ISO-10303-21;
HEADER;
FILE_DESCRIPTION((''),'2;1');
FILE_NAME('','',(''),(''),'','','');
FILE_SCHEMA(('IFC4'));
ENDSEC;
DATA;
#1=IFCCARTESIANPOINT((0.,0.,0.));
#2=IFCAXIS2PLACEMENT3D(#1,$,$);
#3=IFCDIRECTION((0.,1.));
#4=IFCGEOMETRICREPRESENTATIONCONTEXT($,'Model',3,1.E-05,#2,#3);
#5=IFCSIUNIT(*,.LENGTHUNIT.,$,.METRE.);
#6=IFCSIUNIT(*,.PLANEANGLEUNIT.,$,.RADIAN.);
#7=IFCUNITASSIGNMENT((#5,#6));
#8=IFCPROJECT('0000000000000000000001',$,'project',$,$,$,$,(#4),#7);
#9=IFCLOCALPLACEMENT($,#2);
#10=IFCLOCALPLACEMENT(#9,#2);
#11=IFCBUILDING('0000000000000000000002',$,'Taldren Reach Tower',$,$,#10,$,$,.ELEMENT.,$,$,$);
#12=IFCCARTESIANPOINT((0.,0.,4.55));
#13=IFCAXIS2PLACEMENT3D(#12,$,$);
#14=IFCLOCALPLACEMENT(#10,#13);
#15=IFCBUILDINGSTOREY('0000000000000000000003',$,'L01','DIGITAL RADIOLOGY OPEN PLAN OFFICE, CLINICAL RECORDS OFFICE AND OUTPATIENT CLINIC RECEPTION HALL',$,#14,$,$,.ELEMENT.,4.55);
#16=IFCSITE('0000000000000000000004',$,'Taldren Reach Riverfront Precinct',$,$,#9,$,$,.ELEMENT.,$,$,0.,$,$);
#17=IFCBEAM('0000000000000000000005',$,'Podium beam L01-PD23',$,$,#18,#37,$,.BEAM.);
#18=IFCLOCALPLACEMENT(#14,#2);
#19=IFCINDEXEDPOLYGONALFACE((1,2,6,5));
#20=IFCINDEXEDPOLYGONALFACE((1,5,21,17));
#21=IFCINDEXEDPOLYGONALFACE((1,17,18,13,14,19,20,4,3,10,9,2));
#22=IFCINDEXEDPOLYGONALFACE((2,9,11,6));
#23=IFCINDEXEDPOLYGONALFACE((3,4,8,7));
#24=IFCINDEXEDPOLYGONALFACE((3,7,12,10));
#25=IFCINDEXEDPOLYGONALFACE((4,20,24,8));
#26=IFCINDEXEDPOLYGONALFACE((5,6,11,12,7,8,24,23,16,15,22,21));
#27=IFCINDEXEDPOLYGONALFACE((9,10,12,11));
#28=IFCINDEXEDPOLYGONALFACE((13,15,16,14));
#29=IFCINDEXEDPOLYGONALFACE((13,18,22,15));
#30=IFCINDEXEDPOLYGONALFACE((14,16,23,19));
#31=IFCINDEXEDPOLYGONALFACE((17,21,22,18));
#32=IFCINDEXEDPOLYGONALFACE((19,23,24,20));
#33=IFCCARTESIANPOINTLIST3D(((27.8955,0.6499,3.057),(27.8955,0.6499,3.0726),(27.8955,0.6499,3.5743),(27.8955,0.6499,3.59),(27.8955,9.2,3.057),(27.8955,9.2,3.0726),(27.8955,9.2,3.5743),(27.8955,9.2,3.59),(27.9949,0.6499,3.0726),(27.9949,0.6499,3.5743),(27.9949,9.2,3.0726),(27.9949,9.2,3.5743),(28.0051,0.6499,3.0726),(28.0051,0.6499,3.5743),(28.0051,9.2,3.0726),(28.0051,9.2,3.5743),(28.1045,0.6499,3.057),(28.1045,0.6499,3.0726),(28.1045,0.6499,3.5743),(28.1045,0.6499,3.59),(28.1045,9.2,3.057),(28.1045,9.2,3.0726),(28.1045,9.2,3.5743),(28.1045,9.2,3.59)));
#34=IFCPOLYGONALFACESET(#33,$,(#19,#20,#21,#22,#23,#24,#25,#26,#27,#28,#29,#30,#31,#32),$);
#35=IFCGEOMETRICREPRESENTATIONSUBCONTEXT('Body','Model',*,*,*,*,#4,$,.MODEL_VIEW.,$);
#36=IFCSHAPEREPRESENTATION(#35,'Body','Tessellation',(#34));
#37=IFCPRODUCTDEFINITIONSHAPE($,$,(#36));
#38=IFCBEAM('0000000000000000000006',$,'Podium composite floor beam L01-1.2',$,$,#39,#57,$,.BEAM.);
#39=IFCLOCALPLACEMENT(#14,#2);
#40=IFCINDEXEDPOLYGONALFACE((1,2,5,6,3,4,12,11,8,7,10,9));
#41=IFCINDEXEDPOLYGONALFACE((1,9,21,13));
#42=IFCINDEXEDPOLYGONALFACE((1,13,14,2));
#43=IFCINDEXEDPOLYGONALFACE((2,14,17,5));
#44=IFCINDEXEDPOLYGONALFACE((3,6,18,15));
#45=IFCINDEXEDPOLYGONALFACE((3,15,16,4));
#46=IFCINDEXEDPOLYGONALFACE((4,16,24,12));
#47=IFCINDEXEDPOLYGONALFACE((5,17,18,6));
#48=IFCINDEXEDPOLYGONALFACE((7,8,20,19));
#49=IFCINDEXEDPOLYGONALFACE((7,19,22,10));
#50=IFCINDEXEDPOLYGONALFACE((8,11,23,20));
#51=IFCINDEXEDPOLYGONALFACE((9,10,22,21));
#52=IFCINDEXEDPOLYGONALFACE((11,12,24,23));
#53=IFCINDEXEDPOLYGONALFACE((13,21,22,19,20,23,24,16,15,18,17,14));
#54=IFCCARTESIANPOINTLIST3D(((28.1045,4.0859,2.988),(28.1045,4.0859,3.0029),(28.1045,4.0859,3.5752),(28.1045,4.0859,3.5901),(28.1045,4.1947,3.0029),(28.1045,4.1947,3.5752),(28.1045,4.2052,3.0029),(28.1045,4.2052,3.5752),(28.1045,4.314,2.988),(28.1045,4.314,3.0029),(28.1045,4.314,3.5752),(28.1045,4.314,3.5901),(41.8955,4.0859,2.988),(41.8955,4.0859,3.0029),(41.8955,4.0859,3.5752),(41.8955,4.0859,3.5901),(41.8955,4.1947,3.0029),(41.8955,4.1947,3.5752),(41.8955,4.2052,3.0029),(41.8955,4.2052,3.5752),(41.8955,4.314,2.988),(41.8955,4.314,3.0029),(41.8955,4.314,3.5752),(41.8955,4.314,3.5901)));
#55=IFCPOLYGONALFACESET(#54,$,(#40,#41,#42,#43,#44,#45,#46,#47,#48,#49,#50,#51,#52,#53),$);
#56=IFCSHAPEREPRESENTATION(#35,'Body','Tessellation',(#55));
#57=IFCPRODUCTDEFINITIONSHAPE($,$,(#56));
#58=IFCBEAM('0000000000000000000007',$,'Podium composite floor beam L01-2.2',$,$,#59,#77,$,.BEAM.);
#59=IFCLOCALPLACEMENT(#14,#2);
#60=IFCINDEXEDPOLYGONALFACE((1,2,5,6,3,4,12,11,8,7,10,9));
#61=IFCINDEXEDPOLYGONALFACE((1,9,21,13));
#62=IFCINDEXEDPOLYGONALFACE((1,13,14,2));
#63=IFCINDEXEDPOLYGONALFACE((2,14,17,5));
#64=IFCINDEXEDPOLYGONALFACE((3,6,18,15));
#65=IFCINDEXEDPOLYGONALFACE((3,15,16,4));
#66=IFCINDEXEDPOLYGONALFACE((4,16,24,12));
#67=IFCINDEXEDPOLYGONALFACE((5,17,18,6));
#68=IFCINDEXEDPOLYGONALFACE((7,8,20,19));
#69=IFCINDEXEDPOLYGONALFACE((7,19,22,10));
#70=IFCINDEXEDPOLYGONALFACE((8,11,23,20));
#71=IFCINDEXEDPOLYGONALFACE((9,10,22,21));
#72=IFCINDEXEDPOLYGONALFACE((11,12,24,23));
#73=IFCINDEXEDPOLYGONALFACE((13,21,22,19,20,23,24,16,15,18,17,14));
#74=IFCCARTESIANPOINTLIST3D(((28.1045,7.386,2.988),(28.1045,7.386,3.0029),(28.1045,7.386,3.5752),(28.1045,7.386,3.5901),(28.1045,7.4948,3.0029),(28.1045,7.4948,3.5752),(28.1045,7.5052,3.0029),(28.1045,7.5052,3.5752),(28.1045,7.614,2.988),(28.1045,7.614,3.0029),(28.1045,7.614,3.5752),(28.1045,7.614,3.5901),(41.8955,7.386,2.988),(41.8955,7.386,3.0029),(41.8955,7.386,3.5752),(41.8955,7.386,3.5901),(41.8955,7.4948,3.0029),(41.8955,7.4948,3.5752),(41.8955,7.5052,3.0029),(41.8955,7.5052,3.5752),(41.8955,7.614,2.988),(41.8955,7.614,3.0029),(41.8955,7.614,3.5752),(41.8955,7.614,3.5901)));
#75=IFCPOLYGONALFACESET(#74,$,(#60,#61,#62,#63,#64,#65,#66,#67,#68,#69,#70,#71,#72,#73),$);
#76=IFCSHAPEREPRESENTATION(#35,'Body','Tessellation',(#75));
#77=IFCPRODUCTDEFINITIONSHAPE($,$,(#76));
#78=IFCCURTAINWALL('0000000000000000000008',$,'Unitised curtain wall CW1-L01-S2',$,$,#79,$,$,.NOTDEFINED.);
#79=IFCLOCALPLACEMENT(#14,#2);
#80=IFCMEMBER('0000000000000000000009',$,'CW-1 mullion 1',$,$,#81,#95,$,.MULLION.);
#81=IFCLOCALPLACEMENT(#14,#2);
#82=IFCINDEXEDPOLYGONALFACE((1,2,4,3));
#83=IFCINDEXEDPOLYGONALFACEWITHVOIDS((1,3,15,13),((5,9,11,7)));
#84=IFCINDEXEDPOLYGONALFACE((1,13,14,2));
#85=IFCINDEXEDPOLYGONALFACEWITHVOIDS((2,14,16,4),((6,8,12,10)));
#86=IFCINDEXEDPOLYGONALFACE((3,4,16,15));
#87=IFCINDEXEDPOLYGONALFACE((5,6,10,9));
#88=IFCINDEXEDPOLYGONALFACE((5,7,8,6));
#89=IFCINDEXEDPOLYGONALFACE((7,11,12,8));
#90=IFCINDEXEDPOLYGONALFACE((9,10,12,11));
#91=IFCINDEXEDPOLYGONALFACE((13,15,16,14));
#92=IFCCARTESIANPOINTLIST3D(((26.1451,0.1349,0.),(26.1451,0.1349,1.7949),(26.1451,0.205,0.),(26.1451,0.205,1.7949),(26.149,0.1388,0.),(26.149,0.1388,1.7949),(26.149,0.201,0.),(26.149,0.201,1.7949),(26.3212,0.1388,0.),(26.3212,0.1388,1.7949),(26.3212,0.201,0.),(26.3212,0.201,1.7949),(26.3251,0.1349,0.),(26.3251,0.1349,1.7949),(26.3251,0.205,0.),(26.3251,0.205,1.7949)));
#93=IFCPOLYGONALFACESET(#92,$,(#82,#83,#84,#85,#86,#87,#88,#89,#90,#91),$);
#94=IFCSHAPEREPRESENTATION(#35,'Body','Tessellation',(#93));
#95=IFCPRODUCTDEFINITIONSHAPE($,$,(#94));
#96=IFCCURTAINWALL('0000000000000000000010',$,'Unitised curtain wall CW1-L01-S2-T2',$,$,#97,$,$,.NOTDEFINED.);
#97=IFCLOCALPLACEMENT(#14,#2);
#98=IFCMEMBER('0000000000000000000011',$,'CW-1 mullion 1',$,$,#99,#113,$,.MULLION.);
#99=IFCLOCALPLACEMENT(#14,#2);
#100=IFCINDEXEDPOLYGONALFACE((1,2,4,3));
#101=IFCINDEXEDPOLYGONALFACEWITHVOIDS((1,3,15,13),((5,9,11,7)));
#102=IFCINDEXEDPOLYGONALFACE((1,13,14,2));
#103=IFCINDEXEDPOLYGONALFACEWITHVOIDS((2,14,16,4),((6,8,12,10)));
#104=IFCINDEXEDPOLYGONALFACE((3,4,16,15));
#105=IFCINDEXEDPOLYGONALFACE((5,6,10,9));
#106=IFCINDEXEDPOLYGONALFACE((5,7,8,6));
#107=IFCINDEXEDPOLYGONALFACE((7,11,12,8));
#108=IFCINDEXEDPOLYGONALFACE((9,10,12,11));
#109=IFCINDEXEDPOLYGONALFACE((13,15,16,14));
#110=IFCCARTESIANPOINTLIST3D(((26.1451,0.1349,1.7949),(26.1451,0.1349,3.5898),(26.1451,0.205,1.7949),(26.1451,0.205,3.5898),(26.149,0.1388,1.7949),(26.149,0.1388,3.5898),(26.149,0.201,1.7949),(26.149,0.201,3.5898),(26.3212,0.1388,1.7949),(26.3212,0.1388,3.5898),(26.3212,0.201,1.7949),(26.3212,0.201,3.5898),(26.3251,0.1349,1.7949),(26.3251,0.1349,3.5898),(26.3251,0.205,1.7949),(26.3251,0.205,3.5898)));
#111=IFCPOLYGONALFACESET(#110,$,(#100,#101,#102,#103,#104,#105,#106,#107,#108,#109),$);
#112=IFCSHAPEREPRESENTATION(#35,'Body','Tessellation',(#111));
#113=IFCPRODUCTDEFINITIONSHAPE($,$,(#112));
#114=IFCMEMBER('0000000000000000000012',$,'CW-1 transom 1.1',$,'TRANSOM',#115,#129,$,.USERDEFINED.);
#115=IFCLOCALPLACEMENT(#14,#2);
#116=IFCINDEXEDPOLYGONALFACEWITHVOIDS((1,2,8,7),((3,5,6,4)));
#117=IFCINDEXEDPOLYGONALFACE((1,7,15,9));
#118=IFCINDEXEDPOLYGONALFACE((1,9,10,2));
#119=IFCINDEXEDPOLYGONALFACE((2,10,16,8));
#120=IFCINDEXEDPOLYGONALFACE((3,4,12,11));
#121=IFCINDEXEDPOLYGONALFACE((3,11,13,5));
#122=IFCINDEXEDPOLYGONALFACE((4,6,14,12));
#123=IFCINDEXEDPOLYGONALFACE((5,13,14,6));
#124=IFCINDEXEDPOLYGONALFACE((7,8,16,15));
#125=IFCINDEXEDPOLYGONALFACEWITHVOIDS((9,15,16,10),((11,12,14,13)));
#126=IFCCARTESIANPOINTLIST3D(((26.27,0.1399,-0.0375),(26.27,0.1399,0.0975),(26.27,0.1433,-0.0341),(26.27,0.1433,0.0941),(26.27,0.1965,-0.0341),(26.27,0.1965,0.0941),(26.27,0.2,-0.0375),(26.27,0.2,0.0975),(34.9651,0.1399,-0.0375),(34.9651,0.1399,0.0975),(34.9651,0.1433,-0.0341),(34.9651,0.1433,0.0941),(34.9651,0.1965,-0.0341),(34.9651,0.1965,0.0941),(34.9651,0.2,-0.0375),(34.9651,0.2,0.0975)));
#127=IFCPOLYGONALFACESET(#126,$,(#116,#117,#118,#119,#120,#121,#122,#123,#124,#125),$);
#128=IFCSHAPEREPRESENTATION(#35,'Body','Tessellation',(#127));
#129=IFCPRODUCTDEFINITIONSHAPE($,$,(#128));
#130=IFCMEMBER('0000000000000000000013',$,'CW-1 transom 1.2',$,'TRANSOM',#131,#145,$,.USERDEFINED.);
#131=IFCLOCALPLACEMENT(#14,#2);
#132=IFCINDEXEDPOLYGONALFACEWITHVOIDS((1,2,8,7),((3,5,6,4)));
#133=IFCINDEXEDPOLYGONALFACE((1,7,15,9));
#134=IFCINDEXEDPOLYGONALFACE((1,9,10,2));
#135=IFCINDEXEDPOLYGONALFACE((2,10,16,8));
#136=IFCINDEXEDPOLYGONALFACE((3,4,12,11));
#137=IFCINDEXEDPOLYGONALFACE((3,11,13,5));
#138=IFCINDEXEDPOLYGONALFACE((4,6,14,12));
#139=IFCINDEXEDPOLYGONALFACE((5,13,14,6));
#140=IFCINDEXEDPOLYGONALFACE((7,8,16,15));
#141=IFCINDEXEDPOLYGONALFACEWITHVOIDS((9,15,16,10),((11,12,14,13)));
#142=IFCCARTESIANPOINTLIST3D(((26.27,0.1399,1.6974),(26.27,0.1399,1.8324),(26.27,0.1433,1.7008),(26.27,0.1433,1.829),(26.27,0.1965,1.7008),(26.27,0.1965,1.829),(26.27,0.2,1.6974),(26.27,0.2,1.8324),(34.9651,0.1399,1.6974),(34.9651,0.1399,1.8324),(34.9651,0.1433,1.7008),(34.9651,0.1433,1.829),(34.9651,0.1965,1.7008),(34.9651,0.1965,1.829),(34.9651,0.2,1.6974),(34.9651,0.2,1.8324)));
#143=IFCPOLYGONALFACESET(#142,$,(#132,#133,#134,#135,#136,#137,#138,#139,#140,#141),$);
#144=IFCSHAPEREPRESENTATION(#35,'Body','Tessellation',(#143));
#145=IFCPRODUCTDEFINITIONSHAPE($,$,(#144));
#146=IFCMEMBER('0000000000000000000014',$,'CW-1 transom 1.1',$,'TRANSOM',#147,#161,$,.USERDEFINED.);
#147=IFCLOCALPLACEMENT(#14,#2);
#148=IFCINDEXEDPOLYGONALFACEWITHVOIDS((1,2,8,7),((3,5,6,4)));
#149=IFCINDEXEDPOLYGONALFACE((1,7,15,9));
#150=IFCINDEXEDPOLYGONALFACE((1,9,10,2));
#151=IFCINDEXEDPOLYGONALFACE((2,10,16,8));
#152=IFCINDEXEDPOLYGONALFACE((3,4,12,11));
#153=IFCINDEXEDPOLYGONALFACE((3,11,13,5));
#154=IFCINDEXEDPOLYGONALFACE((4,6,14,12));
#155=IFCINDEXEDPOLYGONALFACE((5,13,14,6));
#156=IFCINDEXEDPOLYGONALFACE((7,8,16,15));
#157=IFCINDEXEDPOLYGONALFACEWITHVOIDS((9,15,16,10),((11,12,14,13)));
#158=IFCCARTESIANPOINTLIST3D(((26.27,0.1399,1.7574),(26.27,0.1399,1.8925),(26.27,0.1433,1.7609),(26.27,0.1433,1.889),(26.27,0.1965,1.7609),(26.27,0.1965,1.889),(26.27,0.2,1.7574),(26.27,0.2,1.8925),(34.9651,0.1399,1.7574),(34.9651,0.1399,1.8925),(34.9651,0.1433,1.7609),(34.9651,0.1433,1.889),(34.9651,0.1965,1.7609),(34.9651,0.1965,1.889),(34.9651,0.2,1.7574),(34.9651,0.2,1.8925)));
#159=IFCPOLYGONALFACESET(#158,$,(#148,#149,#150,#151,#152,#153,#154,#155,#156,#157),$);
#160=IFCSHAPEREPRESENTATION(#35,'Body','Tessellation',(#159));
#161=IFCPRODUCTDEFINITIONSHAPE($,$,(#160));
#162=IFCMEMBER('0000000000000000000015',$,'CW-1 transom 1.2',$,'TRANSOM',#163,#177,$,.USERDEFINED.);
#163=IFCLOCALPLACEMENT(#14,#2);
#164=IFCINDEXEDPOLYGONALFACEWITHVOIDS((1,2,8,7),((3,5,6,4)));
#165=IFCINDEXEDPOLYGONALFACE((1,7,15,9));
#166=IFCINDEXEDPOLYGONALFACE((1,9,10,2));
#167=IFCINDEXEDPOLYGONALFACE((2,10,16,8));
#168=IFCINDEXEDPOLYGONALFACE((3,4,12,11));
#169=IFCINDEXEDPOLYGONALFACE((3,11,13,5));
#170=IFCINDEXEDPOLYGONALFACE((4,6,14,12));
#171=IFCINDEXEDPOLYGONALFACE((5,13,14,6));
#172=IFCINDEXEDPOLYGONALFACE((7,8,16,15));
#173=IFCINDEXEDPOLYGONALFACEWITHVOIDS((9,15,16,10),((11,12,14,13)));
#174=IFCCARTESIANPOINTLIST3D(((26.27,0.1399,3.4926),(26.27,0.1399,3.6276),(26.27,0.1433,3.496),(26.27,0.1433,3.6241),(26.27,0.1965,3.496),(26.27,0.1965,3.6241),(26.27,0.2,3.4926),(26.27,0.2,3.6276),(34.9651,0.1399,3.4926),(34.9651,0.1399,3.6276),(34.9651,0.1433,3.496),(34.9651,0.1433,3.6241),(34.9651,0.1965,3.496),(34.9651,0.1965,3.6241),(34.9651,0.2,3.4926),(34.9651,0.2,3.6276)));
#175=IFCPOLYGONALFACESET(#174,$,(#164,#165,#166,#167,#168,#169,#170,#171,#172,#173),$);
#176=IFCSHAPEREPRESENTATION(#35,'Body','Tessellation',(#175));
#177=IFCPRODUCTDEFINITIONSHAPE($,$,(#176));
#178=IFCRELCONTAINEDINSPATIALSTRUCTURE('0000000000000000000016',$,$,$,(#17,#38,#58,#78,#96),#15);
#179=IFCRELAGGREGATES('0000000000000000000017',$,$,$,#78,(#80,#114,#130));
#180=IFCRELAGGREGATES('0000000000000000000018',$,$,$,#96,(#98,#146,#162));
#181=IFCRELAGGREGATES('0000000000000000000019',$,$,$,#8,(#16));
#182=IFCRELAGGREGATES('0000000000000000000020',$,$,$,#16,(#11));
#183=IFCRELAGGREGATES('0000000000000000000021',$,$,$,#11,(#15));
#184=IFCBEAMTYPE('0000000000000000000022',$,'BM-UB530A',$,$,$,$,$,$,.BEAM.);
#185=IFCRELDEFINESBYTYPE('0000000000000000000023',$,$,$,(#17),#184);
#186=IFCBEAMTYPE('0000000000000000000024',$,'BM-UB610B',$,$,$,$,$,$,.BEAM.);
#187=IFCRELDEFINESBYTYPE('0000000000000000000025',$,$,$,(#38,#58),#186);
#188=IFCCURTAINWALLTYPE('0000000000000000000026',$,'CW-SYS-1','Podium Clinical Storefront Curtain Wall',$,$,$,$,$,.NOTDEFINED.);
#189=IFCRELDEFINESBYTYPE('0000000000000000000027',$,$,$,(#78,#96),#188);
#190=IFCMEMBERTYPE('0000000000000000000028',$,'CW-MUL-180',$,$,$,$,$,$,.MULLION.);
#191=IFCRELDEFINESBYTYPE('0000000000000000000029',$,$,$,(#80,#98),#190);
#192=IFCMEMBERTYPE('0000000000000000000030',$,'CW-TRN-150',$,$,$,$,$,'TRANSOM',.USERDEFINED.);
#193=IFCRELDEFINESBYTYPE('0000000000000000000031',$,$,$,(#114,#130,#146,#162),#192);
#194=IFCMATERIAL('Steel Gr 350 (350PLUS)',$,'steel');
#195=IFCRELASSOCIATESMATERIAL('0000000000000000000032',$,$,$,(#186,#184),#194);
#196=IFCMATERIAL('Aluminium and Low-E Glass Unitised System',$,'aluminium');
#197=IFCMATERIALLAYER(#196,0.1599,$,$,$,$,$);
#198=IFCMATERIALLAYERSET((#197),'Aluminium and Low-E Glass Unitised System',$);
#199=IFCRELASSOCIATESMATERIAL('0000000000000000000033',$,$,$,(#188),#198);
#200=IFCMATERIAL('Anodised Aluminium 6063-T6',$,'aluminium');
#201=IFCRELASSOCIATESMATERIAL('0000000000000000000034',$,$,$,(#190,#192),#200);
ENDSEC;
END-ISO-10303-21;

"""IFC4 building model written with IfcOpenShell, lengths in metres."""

from ifc_helpers import new_model, si_unit, direction, frame, origin, origin_2d, place, context, subcontext, project, spatial, hollow_rectangle, i_section, extrude, source, transform, mapped, material, layer, layer_set, material_profile, profile_set, type_object, element, aggregate, save


model = new_model("IFC4")

# Units and contexts
model_context = context("Model", 3, precision=1e-05, world=origin(), true_north=direction((0.0, 1.0)))
body_context = subcontext(model_context, "Body", "Model", "MODEL_VIEW")
ifc_project = project(units=[si_unit("LENGTHUNIT", "METRE"), si_unit("PLANEANGLEUNIT", "RADIAN")], contexts=[model_context])

# Site, building, storey
site_placement = place(None, origin())
site = spatial("IfcSite", under=ifc_project, at=site_placement, Name="Taldren Reach Riverfront Precinct", CompositionType="ELEMENT", RefElevation=0.0)
building_placement = place(site_placement, origin())
building = spatial("IfcBuilding", under=site, at=building_placement, Name="Taldren Reach Tower", CompositionType="ELEMENT")
storey_placement = place(building_placement, frame((0.0, 0.0, 4.55)))
storey = spatial("IfcBuildingStorey", under=building, at=storey_placement, Name="L01", Description="DIGITAL RADIOLOGY OPEN PLAN OFFICE, CLINICAL RECORDS OFFICE AND OUTPATIENT CLINIC RECEPTION HALL", CompositionType="ELEMENT", Elevation=4.55)

# Shared definitions
ifc_material_1 = material(Name="Steel Gr 350 (350PLUS)", Category="steel")

# Beams
ifc_material_profile_1 = material_profile(ifc_material_1, i_section(OverallWidth=0.228, OverallDepth=0.6021, WebThickness=0.0105, FlangeThickness=0.0149, at=origin_2d()), Name="610UB101")
ifc_profile_set_1 = profile_set([ifc_material_profile_1], Name="Steel Gr 350 (350PLUS)")
beam_type_1 = type_object("IfcBeamType", Name="BM-UB610B", PredefinedType="BEAM", material=ifc_profile_set_1)
ifc_material_profile_2 = material_profile(ifc_material_1, i_section(OverallWidth=0.209, OverallDepth=0.533, WebThickness=0.0103, FlangeThickness=0.0156, at=origin_2d()), Name="530UB92.4")
ifc_profile_set_2 = profile_set([ifc_material_profile_2], Name="Steel Gr 350 (350PLUS)")
beam_type_2 = type_object("IfcBeamType", Name="BM-UB530A", PredefinedType="BEAM", material=ifc_profile_set_2)
shared_shape_1 = source(origin(), body_context, "Body", "SweptSolid", [
    extrude(i_section(OverallWidth=0.209, OverallDepth=0.533, WebThickness=0.0103, FlangeThickness=0.0156, at=origin_2d()), origin(), (0.0, 0.0, 1.0), 8.55),
])
beam_1_placement = place(storey_placement, frame((28.0, 0.6499, 3.3235), z_axis=(0.0, 1.0, 0.0), x_axis=(-1.0, 0.0, 0.0)))
element("IfcBeam", 1, at=beam_1_placement, inside=storey, type_object=beam_type_2, Name="Podium beam L01-PD23", PredefinedType="BEAM", context=body_context, shape_type="MappedRepresentation", body=[
    mapped(shared_shape_1, transform((0.0, 0.0, 0.0), scale=1.0)),
])
shared_shape_2 = source(origin(), body_context, "Body", "SweptSolid", [
    extrude(i_section(OverallWidth=0.228, OverallDepth=0.6021, WebThickness=0.0105, FlangeThickness=0.0149, at=origin_2d()), origin(), (0.0, 0.0, 1.0), 13.791),
])
for number, where, z_axis, x_axis, name in (
    (2, (28.1045, 4.2, 3.2891), (1.0, 0.0, 0.0), (0.0, 1.0, 0.0), "Podium composite floor beam L01-1.2"),
    (3, (28.1045, 7.5, 3.2891), (1.0, 0.0, 0.0), (0.0, 1.0, 0.0), "Podium composite floor beam L01-2.2"),
):
    element("IfcBeam", number, at=place(storey_placement, frame(where, z_axis=z_axis, x_axis=x_axis)), inside=storey, type_object=beam_type_1, Name=name, PredefinedType="BEAM", context=body_context, shape_type="MappedRepresentation", body=[
        mapped(shared_shape_2, transform((0.0, 0.0, 0.0), scale=1.0)),
    ])

# Curtain walls, members
ifc_material_2 = material(Name="Aluminium and Low-E Glass Unitised System", Category="aluminium")
ifc_layer_1 = layer(ifc_material_2, 0.1599)
ifc_layer_set_1 = layer_set([ifc_layer_1], Name="Aluminium and Low-E Glass Unitised System")
curtain_wall_type = type_object("IfcCurtainWallType", Name="CW-SYS-1", Description="Podium Clinical Storefront Curtain Wall", PredefinedType="NOTDEFINED", material=ifc_layer_set_1)
curtain_wall_1_placement = place(storey_placement, origin())
curtain_wall_1 = element("IfcCurtainWall", 4, at=curtain_wall_1_placement, inside=storey, type_object=curtain_wall_type, Name="Unitised curtain wall CW1-L01-S2", PredefinedType="NOTDEFINED")
ifc_material_3 = material(Name="Anodised Aluminium 6063-T6", Category="aluminium")
ifc_material_profile_3 = material_profile(ifc_material_3, hollow_rectangle(XDim=0.0701, YDim=0.1799, WallThickness=0.0039, at=origin_2d()), Name="ALU-180x70x4RHS")
ifc_profile_set_3 = profile_set([ifc_material_profile_3], Name="Anodised Aluminium 6063-T6")
member_type_1 = type_object("IfcMemberType", Name="CW-MUL-180", PredefinedType="MULLION", material=ifc_profile_set_3)
shared_shape_3 = source(origin(), body_context, "Body", "SweptSolid", [
    extrude(hollow_rectangle(XDim=0.0701, YDim=0.1799, WallThickness=0.0039, at=origin_2d()), origin(), (0.0, 0.0, 1.0), 1.7949),
])
member_1_placement = place(storey_placement, frame((26.2351, 0.1699, 0.0), z_axis=(0.0, 0.0, 1.0), x_axis=(0.0, 1.0, 0.0)))
member_1 = element("IfcMember", 5, at=member_1_placement, type_object=member_type_1, Name="CW-1 mullion 1", PredefinedType="MULLION", context=body_context, shape_type="MappedRepresentation", body=[
    mapped(shared_shape_3, transform((0.0, 0.0, 0.0), scale=1.0)),
])
curtain_wall_2_placement = place(storey_placement, origin())
curtain_wall_2 = element("IfcCurtainWall", 6, at=curtain_wall_2_placement, inside=storey, type_object=curtain_wall_type, Name="Unitised curtain wall CW1-L01-S2-T2", PredefinedType="NOTDEFINED")
member_2_placement = place(storey_placement, frame((26.2351, 0.1699, 1.7949), z_axis=(0.0, 0.0, 1.0), x_axis=(0.0, 1.0, 0.0)))
member_2 = element("IfcMember", 7, at=member_2_placement, type_object=member_type_1, Name="CW-1 mullion 1", PredefinedType="MULLION", context=body_context, shape_type="MappedRepresentation", body=[
    mapped(shared_shape_3, transform((0.0, 0.0, 0.0), scale=1.0)),
])

# Members
ifc_material_profile_4 = material_profile(ifc_material_3, hollow_rectangle(XDim=0.0601, YDim=0.135, WallThickness=0.0034, at=origin_2d()), Name="ALU-135x60x3.5RHS")
ifc_profile_set_4 = profile_set([ifc_material_profile_4], Name="Anodised Aluminium 6063-T6")
member_type_2 = type_object("IfcMemberType", Name="CW-TRN-150", ElementType="TRANSOM", PredefinedType="USERDEFINED", material=ifc_profile_set_4)
shared_shape_4 = source(origin(), body_context, "Body", "SweptSolid", [
    extrude(hollow_rectangle(XDim=0.0601, YDim=0.135, WallThickness=0.0034, at=origin_2d()), origin(), (0.0, 0.0, 1.0), 8.6951),
])
member_3_placement = place(storey_placement, frame((26.27, 0.1699, 0.03), z_axis=(1.0, 0.0, 0.0), x_axis=(0.0, 1.0, 0.0)))
member_3 = element("IfcMember", 8, at=member_3_placement, type_object=member_type_2, Name="CW-1 transom 1.1", ObjectType="TRANSOM", PredefinedType="USERDEFINED", context=body_context, shape_type="MappedRepresentation", body=[
    mapped(shared_shape_4, transform((0.0, 0.0, 0.0), scale=1.0)),
])
member_4_placement = place(storey_placement, frame((26.27, 0.1699, 1.7649), z_axis=(1.0, 0.0, 0.0), x_axis=(0.0, 1.0, 0.0)))
member_4 = element("IfcMember", 9, at=member_4_placement, type_object=member_type_2, Name="CW-1 transom 1.2", ObjectType="TRANSOM", PredefinedType="USERDEFINED", context=body_context, shape_type="MappedRepresentation", body=[
    mapped(shared_shape_4, transform((0.0, 0.0, 0.0), scale=1.0)),
])
aggregate(curtain_wall_1, [member_1, member_3, member_4])
member_5_placement = place(storey_placement, frame((26.27, 0.1699, 1.825), z_axis=(1.0, 0.0, 0.0), x_axis=(0.0, 1.0, 0.0)))
member_5 = element("IfcMember", 10, at=member_5_placement, type_object=member_type_2, Name="CW-1 transom 1.1", ObjectType="TRANSOM", PredefinedType="USERDEFINED", context=body_context, shape_type="MappedRepresentation", body=[
    mapped(shared_shape_4, transform((0.0, 0.0, 0.0), scale=1.0)),
])
member_6_placement = place(storey_placement, frame((26.27, 0.1699, 3.5601), z_axis=(1.0, 0.0, 0.0), x_axis=(0.0, 1.0, 0.0)))
member_6 = element("IfcMember", 11, at=member_6_placement, type_object=member_type_2, Name="CW-1 transom 1.2", ObjectType="TRANSOM", PredefinedType="USERDEFINED", context=body_context, shape_type="MappedRepresentation", body=[
    mapped(shared_shape_4, transform((0.0, 0.0, 0.0), scale=1.0)),
])
aggregate(curtain_wall_2, [member_2, member_5, member_6])

save(model, "model.ifc")
